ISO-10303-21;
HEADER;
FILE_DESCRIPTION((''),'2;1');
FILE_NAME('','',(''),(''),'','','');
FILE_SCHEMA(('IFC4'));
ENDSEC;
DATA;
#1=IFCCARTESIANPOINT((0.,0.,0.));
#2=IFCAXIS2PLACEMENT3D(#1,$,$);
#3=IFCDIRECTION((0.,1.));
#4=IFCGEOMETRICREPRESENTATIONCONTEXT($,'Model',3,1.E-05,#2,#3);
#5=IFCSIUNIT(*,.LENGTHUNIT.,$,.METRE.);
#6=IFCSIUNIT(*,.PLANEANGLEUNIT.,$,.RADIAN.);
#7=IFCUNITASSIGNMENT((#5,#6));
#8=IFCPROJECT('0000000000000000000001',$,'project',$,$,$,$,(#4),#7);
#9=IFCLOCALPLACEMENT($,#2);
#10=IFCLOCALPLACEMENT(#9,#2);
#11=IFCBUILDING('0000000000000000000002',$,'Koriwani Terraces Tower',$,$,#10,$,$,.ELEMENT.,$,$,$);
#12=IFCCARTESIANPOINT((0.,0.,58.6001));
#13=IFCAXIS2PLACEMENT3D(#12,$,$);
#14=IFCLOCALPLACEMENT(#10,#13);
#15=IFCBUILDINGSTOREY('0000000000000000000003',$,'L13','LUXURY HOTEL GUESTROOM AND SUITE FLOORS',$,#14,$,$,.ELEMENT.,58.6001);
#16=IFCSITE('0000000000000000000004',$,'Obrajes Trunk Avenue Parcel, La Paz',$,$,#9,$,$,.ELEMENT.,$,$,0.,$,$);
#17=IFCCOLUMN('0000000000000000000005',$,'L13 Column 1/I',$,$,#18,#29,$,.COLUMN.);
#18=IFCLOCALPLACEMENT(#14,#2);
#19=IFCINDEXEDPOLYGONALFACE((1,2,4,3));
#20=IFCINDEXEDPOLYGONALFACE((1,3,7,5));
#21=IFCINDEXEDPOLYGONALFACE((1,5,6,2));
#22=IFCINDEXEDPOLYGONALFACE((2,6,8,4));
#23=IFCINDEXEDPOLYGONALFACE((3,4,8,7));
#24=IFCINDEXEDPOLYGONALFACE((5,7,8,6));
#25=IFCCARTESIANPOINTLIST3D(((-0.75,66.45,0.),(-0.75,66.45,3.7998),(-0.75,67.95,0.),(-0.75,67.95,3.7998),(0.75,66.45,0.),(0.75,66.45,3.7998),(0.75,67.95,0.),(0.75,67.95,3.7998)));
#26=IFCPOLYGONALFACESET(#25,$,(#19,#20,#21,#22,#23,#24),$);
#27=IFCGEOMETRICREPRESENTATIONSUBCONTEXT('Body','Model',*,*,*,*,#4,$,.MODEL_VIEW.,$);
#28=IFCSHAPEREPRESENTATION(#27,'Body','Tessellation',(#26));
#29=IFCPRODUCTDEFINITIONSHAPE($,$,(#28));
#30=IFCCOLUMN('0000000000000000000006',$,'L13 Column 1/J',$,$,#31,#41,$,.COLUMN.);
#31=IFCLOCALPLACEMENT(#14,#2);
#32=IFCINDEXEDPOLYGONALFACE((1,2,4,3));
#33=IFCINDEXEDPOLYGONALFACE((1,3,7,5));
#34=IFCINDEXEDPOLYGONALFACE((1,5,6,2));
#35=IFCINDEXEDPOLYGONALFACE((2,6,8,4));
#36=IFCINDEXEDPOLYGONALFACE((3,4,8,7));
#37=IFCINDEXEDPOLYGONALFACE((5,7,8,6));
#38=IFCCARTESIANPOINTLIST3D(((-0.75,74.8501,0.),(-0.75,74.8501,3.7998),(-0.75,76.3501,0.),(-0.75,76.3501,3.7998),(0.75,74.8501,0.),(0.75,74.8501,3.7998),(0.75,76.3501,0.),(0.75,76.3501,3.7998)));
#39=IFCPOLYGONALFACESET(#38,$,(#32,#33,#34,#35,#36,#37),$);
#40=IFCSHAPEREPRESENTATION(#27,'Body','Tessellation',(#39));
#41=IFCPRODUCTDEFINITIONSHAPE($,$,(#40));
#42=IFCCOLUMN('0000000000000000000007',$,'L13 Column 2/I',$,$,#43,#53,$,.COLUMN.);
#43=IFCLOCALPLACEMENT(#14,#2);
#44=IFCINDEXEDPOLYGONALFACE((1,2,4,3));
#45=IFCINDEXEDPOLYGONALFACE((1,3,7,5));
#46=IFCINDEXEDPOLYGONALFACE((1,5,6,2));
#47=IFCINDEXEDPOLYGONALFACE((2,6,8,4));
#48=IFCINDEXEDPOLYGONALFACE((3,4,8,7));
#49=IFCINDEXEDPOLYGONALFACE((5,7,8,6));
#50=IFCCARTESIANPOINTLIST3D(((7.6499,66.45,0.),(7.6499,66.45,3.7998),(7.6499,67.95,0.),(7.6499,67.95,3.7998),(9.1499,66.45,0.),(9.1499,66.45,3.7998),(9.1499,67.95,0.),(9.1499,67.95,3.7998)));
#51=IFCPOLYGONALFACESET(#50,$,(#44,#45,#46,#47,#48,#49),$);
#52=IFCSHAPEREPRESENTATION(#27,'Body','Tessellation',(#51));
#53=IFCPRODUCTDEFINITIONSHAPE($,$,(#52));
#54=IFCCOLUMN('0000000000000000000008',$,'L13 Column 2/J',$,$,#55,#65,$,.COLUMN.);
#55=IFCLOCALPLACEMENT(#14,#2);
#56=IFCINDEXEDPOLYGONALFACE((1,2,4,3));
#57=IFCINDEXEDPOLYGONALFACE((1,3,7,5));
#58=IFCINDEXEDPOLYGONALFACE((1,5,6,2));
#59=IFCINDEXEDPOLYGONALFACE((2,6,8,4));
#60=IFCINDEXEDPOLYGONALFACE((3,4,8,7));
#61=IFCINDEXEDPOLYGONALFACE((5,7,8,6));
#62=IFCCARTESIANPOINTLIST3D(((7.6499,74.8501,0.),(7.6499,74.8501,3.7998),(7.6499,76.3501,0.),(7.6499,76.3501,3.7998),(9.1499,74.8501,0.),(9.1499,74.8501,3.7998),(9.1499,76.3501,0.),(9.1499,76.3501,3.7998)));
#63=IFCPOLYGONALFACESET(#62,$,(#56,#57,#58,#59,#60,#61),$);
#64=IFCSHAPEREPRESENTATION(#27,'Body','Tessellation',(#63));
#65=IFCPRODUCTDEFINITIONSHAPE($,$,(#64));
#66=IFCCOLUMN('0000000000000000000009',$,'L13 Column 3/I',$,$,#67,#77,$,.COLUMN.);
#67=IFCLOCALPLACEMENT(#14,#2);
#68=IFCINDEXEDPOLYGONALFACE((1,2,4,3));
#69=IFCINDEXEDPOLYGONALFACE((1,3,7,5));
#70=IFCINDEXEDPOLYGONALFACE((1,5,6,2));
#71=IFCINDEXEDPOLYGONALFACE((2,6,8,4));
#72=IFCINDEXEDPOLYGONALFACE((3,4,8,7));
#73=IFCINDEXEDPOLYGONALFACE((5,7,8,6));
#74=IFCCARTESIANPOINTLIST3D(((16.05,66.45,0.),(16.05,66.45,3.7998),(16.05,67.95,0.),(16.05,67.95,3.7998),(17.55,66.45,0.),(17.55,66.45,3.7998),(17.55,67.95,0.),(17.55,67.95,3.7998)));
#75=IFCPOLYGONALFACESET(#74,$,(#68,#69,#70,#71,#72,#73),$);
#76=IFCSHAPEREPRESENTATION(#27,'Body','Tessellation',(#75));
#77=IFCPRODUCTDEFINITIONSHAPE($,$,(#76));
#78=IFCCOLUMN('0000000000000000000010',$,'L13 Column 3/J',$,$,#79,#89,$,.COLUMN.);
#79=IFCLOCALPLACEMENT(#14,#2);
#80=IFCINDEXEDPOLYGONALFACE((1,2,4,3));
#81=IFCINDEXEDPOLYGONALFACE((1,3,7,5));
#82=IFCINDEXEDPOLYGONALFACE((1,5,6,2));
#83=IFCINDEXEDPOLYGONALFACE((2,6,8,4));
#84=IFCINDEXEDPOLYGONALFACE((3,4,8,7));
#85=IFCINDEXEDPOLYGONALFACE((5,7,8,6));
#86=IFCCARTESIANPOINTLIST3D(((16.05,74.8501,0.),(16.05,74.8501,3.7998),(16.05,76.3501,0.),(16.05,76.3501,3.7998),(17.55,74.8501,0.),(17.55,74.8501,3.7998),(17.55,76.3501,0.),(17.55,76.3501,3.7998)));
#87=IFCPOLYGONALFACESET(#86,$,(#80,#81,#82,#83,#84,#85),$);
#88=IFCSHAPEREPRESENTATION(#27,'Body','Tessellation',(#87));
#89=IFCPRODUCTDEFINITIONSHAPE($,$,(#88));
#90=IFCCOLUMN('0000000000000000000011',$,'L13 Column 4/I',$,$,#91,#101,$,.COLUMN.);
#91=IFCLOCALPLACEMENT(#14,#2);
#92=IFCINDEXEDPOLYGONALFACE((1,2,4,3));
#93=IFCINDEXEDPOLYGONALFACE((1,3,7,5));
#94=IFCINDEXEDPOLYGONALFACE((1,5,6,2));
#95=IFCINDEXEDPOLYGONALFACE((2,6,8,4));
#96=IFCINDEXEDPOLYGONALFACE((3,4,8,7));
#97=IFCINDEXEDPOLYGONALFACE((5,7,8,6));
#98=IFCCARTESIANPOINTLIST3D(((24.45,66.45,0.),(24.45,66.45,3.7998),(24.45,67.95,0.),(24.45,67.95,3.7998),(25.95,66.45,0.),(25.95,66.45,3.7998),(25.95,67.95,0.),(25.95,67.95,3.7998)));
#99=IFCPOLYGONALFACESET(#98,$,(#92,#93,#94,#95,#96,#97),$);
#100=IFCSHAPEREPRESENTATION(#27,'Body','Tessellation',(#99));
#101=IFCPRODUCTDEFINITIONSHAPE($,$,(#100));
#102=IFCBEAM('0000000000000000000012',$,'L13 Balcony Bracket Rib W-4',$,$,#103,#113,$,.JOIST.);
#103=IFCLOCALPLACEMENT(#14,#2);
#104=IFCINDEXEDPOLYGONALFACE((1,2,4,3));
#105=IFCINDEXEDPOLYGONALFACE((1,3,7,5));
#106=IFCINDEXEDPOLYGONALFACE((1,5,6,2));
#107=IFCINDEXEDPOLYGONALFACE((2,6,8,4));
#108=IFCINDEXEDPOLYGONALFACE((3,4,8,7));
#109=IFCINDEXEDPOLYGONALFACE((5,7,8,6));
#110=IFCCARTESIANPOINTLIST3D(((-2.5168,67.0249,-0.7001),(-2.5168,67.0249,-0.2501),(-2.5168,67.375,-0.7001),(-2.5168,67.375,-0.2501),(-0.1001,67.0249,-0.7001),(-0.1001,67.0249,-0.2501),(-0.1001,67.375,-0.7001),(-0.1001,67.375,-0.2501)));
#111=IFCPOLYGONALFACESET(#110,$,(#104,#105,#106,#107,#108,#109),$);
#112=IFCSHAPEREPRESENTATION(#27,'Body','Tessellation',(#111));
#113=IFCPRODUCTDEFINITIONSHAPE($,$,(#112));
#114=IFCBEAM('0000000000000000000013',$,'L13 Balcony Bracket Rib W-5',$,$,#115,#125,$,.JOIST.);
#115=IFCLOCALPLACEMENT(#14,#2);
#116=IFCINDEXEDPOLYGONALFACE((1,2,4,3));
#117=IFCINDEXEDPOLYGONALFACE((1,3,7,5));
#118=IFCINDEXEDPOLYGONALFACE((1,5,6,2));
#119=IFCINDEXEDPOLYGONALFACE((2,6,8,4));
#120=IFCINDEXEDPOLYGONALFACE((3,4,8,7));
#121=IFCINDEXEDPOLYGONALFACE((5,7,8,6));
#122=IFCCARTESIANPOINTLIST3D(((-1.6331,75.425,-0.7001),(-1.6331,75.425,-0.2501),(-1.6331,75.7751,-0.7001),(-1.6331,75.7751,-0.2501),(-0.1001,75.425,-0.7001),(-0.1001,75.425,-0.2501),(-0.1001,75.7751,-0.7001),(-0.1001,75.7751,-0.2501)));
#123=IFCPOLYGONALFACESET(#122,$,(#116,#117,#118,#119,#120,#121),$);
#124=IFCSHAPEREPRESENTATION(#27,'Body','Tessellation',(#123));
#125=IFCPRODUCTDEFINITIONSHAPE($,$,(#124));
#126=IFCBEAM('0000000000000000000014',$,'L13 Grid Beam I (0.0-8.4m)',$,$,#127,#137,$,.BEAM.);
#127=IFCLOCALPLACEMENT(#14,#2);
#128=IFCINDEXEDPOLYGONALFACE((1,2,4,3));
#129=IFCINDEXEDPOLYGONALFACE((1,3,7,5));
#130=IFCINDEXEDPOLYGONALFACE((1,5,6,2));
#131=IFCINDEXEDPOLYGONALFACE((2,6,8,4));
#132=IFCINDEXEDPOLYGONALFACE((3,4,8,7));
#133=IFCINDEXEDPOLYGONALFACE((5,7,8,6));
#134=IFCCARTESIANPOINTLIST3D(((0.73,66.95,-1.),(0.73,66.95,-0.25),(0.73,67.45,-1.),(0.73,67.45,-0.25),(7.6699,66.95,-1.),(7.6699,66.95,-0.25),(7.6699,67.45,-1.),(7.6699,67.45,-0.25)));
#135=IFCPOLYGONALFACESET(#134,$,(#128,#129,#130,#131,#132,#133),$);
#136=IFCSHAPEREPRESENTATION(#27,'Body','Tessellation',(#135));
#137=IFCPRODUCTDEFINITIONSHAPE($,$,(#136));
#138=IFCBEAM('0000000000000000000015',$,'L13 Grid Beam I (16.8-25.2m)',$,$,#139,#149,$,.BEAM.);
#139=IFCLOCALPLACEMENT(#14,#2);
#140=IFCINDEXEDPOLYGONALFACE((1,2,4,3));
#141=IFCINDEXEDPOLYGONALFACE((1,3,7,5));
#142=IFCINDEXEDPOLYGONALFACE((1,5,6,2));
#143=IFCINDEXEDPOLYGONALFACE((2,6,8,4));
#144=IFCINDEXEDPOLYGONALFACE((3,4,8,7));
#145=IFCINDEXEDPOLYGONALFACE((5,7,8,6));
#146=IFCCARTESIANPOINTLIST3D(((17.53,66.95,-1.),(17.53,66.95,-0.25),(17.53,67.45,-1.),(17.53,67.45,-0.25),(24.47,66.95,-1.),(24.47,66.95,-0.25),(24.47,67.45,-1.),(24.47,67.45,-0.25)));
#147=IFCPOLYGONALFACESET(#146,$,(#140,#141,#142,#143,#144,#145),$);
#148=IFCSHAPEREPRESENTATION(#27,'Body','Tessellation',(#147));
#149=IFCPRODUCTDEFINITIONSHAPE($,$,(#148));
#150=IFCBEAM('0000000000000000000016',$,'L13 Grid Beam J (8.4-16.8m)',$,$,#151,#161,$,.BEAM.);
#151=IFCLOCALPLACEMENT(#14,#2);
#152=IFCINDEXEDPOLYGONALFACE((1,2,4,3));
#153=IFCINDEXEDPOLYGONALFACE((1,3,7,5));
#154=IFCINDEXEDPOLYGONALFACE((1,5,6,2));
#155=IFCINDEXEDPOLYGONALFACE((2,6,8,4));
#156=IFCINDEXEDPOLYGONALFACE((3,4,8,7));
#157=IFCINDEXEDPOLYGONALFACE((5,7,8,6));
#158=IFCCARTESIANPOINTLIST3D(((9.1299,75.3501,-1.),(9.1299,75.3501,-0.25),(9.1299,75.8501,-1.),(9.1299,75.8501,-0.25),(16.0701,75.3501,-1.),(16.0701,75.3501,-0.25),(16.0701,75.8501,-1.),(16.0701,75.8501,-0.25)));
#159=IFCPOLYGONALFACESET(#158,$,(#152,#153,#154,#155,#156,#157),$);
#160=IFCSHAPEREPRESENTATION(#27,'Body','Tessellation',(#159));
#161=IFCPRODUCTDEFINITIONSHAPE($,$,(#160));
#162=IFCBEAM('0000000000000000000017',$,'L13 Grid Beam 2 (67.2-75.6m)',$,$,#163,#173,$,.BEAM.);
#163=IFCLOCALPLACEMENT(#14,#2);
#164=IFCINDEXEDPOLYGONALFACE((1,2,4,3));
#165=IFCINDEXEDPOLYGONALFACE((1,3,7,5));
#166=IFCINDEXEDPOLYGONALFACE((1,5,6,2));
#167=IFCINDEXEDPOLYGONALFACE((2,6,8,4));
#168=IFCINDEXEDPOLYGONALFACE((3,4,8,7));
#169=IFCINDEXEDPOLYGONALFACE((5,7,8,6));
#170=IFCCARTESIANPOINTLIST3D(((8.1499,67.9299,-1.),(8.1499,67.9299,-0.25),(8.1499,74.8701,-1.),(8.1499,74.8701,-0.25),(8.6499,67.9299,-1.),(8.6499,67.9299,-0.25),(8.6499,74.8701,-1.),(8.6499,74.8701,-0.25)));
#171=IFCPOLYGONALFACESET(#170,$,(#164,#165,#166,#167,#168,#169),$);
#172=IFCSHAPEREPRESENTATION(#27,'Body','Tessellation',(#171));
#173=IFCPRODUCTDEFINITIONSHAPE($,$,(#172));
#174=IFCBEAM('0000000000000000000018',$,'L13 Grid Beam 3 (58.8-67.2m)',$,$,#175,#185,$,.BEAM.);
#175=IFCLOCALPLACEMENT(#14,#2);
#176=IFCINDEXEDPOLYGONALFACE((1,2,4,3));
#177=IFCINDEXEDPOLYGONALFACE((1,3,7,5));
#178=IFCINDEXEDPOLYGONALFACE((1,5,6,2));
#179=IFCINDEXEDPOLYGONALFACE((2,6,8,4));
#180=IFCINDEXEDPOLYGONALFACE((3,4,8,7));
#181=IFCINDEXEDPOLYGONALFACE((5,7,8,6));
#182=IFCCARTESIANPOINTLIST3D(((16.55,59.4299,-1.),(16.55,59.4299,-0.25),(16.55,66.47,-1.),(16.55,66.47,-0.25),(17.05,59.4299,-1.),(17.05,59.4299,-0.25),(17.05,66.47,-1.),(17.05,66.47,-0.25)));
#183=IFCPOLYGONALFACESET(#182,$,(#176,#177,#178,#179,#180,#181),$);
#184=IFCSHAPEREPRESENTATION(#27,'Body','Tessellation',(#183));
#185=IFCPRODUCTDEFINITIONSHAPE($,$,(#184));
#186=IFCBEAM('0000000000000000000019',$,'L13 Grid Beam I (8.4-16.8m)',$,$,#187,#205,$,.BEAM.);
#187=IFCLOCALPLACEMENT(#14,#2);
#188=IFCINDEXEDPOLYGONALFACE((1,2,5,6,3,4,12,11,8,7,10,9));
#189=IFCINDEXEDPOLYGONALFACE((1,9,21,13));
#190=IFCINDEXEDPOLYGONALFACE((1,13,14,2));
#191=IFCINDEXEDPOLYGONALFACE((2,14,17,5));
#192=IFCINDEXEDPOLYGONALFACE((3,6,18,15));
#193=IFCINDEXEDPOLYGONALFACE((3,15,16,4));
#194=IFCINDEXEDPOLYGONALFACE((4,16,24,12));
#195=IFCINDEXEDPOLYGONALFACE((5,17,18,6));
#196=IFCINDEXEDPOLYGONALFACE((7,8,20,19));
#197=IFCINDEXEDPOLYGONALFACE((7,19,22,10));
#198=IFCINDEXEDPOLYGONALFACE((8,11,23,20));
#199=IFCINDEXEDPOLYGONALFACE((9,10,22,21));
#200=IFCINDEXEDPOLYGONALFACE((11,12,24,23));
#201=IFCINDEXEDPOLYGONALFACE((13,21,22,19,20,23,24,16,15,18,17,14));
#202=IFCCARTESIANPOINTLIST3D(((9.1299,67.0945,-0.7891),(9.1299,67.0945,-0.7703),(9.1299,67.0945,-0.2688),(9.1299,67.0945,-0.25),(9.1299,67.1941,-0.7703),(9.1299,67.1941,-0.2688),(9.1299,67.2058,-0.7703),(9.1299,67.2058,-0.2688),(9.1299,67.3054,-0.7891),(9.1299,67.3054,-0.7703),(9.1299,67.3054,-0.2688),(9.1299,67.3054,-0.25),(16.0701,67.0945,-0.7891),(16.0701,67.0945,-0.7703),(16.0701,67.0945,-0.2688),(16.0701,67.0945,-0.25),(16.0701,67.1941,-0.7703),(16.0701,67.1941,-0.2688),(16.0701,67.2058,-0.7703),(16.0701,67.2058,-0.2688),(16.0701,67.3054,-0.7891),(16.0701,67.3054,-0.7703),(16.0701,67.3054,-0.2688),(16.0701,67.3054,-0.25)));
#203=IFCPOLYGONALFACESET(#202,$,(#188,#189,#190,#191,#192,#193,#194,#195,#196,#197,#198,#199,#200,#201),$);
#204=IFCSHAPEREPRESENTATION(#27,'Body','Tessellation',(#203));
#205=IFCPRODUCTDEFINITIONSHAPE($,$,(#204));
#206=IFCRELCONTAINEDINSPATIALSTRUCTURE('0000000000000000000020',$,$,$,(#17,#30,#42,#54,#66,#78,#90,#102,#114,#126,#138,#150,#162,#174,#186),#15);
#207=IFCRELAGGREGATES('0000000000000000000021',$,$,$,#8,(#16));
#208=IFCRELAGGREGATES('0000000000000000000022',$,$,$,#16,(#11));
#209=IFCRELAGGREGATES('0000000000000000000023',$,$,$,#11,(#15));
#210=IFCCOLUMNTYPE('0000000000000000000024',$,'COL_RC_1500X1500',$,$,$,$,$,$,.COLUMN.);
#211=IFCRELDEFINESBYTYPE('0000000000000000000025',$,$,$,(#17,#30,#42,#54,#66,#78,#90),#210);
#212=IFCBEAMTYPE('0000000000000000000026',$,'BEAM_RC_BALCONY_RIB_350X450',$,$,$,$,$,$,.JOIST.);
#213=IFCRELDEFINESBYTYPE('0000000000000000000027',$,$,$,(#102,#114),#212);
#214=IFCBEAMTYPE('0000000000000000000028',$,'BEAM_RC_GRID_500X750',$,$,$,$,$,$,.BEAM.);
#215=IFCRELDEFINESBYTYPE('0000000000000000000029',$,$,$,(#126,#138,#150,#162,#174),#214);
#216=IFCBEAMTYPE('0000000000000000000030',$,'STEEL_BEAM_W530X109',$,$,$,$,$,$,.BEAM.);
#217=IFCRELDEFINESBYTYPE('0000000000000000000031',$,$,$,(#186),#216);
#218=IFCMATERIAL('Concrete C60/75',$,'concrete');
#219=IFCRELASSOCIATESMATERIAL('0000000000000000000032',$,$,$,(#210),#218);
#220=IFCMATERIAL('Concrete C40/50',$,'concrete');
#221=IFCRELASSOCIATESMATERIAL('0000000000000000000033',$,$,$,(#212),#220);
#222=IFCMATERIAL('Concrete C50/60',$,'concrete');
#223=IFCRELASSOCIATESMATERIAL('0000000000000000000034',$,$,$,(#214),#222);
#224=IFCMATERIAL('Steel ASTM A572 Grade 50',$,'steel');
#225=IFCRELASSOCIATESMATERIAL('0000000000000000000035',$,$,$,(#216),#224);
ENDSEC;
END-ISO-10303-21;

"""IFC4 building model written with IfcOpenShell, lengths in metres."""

from ifc_helpers import new_model, si_unit, direction, frame, origin, origin_2d, place, context, subcontext, project, spatial, rectangle, i_section, extrude, material, material_profile, profile_set, type_object, element, save


model = new_model("IFC4")

# Units and contexts
model_context = context("Model", 3, precision=1e-05, world=origin(), true_north=direction((0.0, 1.0)))
body_context = subcontext(model_context, "Body", "Model", "MODEL_VIEW")
ifc_project = project(units=[si_unit("LENGTHUNIT", "METRE"), si_unit("PLANEANGLEUNIT", "RADIAN")], contexts=[model_context])

# Site, building, storey
site_placement = place(None, origin())
site = spatial("IfcSite", under=ifc_project, at=site_placement, Name="Obrajes Trunk Avenue Parcel, La Paz", CompositionType="ELEMENT", RefElevation=0.0)
building_placement = place(site_placement, origin())
building = spatial("IfcBuilding", under=site, at=building_placement, Name="Koriwani Terraces Tower", CompositionType="ELEMENT")
storey_placement = place(building_placement, frame((0.0, 0.0, 58.6001)))
storey = spatial("IfcBuildingStorey", under=building, at=storey_placement, Name="L13", Description="LUXURY HOTEL GUESTROOM AND SUITE FLOORS", CompositionType="ELEMENT", Elevation=58.6001)

# Columns
ifc_material_1 = material(Name="Concrete C60/75", Category="concrete")
ifc_material_profile_1 = material_profile(ifc_material_1, rectangle(XDim=1.5, YDim=1.5, at=origin_2d()), Name="Concrete C60/75", Category="LoadBearing")
ifc_profile_set_1 = profile_set([ifc_material_profile_1], Name="Concrete C60/75")
column_type = type_object("IfcColumnType", Name="COL_RC_1500X1500", PredefinedType="COLUMN", material=ifc_profile_set_1)
for number, where, z_axis, x_axis, name in (
    (1, (0.0, 67.2, 0.0), (0.0, 0.0, 1.0), (1.0, 0.0, 0.0), "L13 Column 1/I"),
    (2, (0.0, 75.6001, 0.0), (0.0, 0.0, 1.0), (1.0, 0.0, 0.0), "L13 Column 1/J"),
    (3, (8.3999, 67.2, 0.0), (0.0, 0.0, 1.0), (1.0, 0.0, 0.0), "L13 Column 2/I"),
    (4, (8.3999, 75.6001, 0.0), (0.0, 0.0, 1.0), (1.0, 0.0, 0.0), "L13 Column 2/J"),
    (5, (16.8, 67.2, 0.0), (0.0, 0.0, 1.0), (1.0, 0.0, 0.0), "L13 Column 3/I"),
    (6, (16.8, 75.6001, 0.0), (0.0, 0.0, 1.0), (1.0, 0.0, 0.0), "L13 Column 3/J"),
    (7, (25.2, 67.2, 0.0), (0.0, 0.0, 1.0), (1.0, 0.0, 0.0), "L13 Column 4/I"),
):
    element("IfcColumn", number, at=place(storey_placement, frame(where, z_axis=z_axis, x_axis=x_axis)), inside=storey, type_object=column_type, Name=name, PredefinedType="COLUMN", context=body_context, shape_type="SweptSolid", body=[
        extrude(rectangle(XDim=1.5, YDim=1.5, at=origin_2d()), origin(), (0.0, 0.0, 1.0), 3.7998),
    ])

# Beams
ifc_material_2 = material(Name="Concrete C40/50", Category="concrete")
ifc_material_profile_2 = material_profile(ifc_material_2, rectangle(XDim=0.3501, YDim=0.45, at=origin_2d()), Name="Concrete C40/50", Category="LoadBearing")
ifc_profile_set_2 = profile_set([ifc_material_profile_2], Name="Concrete C40/50")
beam_type_1 = type_object("IfcBeamType", Name="BEAM_RC_BALCONY_RIB_350X450", PredefinedType="JOIST", material=ifc_profile_set_2)
beam_1_placement = place(storey_placement, frame((-2.5168, 67.2, -0.4751), z_axis=(1.0, 0.0, 0.0), x_axis=(0.0, 1.0, 0.0)))
element("IfcBeam", 8, at=beam_1_placement, inside=storey, type_object=beam_type_1, Name="L13 Balcony Bracket Rib W-4", PredefinedType="JOIST", context=body_context, shape_type="SweptSolid", body=[
    extrude(rectangle(XDim=0.3501, YDim=0.45, at=origin_2d()), origin(), (0.0, 0.0, 1.0), 2.4167),
])
beam_2_placement = place(storey_placement, frame((-1.6331, 75.6001, -0.4751), z_axis=(1.0, 0.0, 0.0), x_axis=(0.0, 1.0, 0.0)))
element("IfcBeam", 9, at=beam_2_placement, inside=storey, type_object=beam_type_1, Name="L13 Balcony Bracket Rib W-5", PredefinedType="JOIST", context=body_context, shape_type="SweptSolid", body=[
    extrude(rectangle(XDim=0.3501, YDim=0.45, at=origin_2d()), origin(), (0.0, 0.0, 1.0), 1.533),
])
ifc_material_3 = material(Name="Concrete C50/60", Category="concrete")
ifc_material_profile_3 = material_profile(ifc_material_3, rectangle(XDim=0.5, YDim=0.75, at=origin_2d()), Name="Concrete C50/60", Category="LoadBearing")
ifc_profile_set_3 = profile_set([ifc_material_profile_3], Name="Concrete C50/60")
beam_type_2 = type_object("IfcBeamType", Name="BEAM_RC_GRID_500X750", PredefinedType="BEAM", material=ifc_profile_set_3)
for number, where, z_axis, x_axis, name in (
    (10, (0.73, 67.2, -0.625), (1.0, 0.0, 0.0), (0.0, 1.0, 0.0), "L13 Grid Beam I (0.0-8.4m)"),
    (11, (17.53, 67.2, -0.625), (1.0, 0.0, 0.0), (0.0, 1.0, 0.0), "L13 Grid Beam I (16.8-25.2m)"),
):
    element("IfcBeam", number, at=place(storey_placement, frame(where, z_axis=z_axis, x_axis=x_axis)), inside=storey, type_object=beam_type_2, Name=name, PredefinedType="BEAM", context=body_context, shape_type="SweptSolid", body=[
        extrude(rectangle(XDim=0.5, YDim=0.75, at=origin_2d()), origin(), (0.0, 0.0, 1.0), 6.9399),
    ])
for number, where, z_axis, x_axis, name in (
    (12, (9.1299, 75.6001, -0.625), (1.0, 0.0, 0.0), (0.0, 1.0, 0.0), "L13 Grid Beam J (8.4-16.8m)"),
    (13, (8.3999, 67.9299, -0.625), (0.0, 1.0, 0.0), (-1.0, 0.0, 0.0), "L13 Grid Beam 2 (67.2-75.6m)"),
):
    element("IfcBeam", number, at=place(storey_placement, frame(where, z_axis=z_axis, x_axis=x_axis)), inside=storey, type_object=beam_type_2, Name=name, PredefinedType="BEAM", context=body_context, shape_type="SweptSolid", body=[
        extrude(rectangle(XDim=0.5, YDim=0.75, at=origin_2d()), origin(), (0.0, 0.0, 1.0), 6.9402),
    ])
beam_3_placement = place(storey_placement, frame((16.8, 59.4299, -0.625), z_axis=(0.0, 1.0, 0.0), x_axis=(-1.0, 0.0, 0.0)))
element("IfcBeam", 14, at=beam_3_placement, inside=storey, type_object=beam_type_2, Name="L13 Grid Beam 3 (58.8-67.2m)", PredefinedType="BEAM", context=body_context, shape_type="SweptSolid", body=[
    extrude(rectangle(XDim=0.5, YDim=0.75, at=origin_2d()), origin(), (0.0, 0.0, 1.0), 7.04),
])
ifc_material_4 = material(Name="Steel ASTM A572 Grade 50", Category="steel")
ifc_material_profile_4 = material_profile(ifc_material_4, i_section(OverallWidth=0.2109, OverallDepth=0.5391, WebThickness=0.0117, FlangeThickness=0.0188, at=origin_2d()), Name="Steel ASTM A572 Grade 50", Category="LoadBearing")
ifc_profile_set_4 = profile_set([ifc_material_profile_4], Name="Steel ASTM A572 Grade 50")
beam_type_3 = type_object("IfcBeamType", Name="STEEL_BEAM_W530X109", PredefinedType="BEAM", material=ifc_profile_set_4)
beam_4_placement = place(storey_placement, frame((9.1299, 67.2, -0.5195), z_axis=(1.0, 0.0, 0.0), x_axis=(0.0, 1.0, 0.0)))
element("IfcBeam", 15, at=beam_4_placement, inside=storey, type_object=beam_type_3, Name="L13 Grid Beam I (8.4-16.8m)", PredefinedType="BEAM", context=body_context, shape_type="SweptSolid", body=[
    extrude(i_section(OverallWidth=0.2109, OverallDepth=0.5391, WebThickness=0.0117, FlangeThickness=0.0188, at=origin_2d()), origin(), (0.0, 0.0, 1.0), 6.9402),
])

save(model, "model.ifc")
